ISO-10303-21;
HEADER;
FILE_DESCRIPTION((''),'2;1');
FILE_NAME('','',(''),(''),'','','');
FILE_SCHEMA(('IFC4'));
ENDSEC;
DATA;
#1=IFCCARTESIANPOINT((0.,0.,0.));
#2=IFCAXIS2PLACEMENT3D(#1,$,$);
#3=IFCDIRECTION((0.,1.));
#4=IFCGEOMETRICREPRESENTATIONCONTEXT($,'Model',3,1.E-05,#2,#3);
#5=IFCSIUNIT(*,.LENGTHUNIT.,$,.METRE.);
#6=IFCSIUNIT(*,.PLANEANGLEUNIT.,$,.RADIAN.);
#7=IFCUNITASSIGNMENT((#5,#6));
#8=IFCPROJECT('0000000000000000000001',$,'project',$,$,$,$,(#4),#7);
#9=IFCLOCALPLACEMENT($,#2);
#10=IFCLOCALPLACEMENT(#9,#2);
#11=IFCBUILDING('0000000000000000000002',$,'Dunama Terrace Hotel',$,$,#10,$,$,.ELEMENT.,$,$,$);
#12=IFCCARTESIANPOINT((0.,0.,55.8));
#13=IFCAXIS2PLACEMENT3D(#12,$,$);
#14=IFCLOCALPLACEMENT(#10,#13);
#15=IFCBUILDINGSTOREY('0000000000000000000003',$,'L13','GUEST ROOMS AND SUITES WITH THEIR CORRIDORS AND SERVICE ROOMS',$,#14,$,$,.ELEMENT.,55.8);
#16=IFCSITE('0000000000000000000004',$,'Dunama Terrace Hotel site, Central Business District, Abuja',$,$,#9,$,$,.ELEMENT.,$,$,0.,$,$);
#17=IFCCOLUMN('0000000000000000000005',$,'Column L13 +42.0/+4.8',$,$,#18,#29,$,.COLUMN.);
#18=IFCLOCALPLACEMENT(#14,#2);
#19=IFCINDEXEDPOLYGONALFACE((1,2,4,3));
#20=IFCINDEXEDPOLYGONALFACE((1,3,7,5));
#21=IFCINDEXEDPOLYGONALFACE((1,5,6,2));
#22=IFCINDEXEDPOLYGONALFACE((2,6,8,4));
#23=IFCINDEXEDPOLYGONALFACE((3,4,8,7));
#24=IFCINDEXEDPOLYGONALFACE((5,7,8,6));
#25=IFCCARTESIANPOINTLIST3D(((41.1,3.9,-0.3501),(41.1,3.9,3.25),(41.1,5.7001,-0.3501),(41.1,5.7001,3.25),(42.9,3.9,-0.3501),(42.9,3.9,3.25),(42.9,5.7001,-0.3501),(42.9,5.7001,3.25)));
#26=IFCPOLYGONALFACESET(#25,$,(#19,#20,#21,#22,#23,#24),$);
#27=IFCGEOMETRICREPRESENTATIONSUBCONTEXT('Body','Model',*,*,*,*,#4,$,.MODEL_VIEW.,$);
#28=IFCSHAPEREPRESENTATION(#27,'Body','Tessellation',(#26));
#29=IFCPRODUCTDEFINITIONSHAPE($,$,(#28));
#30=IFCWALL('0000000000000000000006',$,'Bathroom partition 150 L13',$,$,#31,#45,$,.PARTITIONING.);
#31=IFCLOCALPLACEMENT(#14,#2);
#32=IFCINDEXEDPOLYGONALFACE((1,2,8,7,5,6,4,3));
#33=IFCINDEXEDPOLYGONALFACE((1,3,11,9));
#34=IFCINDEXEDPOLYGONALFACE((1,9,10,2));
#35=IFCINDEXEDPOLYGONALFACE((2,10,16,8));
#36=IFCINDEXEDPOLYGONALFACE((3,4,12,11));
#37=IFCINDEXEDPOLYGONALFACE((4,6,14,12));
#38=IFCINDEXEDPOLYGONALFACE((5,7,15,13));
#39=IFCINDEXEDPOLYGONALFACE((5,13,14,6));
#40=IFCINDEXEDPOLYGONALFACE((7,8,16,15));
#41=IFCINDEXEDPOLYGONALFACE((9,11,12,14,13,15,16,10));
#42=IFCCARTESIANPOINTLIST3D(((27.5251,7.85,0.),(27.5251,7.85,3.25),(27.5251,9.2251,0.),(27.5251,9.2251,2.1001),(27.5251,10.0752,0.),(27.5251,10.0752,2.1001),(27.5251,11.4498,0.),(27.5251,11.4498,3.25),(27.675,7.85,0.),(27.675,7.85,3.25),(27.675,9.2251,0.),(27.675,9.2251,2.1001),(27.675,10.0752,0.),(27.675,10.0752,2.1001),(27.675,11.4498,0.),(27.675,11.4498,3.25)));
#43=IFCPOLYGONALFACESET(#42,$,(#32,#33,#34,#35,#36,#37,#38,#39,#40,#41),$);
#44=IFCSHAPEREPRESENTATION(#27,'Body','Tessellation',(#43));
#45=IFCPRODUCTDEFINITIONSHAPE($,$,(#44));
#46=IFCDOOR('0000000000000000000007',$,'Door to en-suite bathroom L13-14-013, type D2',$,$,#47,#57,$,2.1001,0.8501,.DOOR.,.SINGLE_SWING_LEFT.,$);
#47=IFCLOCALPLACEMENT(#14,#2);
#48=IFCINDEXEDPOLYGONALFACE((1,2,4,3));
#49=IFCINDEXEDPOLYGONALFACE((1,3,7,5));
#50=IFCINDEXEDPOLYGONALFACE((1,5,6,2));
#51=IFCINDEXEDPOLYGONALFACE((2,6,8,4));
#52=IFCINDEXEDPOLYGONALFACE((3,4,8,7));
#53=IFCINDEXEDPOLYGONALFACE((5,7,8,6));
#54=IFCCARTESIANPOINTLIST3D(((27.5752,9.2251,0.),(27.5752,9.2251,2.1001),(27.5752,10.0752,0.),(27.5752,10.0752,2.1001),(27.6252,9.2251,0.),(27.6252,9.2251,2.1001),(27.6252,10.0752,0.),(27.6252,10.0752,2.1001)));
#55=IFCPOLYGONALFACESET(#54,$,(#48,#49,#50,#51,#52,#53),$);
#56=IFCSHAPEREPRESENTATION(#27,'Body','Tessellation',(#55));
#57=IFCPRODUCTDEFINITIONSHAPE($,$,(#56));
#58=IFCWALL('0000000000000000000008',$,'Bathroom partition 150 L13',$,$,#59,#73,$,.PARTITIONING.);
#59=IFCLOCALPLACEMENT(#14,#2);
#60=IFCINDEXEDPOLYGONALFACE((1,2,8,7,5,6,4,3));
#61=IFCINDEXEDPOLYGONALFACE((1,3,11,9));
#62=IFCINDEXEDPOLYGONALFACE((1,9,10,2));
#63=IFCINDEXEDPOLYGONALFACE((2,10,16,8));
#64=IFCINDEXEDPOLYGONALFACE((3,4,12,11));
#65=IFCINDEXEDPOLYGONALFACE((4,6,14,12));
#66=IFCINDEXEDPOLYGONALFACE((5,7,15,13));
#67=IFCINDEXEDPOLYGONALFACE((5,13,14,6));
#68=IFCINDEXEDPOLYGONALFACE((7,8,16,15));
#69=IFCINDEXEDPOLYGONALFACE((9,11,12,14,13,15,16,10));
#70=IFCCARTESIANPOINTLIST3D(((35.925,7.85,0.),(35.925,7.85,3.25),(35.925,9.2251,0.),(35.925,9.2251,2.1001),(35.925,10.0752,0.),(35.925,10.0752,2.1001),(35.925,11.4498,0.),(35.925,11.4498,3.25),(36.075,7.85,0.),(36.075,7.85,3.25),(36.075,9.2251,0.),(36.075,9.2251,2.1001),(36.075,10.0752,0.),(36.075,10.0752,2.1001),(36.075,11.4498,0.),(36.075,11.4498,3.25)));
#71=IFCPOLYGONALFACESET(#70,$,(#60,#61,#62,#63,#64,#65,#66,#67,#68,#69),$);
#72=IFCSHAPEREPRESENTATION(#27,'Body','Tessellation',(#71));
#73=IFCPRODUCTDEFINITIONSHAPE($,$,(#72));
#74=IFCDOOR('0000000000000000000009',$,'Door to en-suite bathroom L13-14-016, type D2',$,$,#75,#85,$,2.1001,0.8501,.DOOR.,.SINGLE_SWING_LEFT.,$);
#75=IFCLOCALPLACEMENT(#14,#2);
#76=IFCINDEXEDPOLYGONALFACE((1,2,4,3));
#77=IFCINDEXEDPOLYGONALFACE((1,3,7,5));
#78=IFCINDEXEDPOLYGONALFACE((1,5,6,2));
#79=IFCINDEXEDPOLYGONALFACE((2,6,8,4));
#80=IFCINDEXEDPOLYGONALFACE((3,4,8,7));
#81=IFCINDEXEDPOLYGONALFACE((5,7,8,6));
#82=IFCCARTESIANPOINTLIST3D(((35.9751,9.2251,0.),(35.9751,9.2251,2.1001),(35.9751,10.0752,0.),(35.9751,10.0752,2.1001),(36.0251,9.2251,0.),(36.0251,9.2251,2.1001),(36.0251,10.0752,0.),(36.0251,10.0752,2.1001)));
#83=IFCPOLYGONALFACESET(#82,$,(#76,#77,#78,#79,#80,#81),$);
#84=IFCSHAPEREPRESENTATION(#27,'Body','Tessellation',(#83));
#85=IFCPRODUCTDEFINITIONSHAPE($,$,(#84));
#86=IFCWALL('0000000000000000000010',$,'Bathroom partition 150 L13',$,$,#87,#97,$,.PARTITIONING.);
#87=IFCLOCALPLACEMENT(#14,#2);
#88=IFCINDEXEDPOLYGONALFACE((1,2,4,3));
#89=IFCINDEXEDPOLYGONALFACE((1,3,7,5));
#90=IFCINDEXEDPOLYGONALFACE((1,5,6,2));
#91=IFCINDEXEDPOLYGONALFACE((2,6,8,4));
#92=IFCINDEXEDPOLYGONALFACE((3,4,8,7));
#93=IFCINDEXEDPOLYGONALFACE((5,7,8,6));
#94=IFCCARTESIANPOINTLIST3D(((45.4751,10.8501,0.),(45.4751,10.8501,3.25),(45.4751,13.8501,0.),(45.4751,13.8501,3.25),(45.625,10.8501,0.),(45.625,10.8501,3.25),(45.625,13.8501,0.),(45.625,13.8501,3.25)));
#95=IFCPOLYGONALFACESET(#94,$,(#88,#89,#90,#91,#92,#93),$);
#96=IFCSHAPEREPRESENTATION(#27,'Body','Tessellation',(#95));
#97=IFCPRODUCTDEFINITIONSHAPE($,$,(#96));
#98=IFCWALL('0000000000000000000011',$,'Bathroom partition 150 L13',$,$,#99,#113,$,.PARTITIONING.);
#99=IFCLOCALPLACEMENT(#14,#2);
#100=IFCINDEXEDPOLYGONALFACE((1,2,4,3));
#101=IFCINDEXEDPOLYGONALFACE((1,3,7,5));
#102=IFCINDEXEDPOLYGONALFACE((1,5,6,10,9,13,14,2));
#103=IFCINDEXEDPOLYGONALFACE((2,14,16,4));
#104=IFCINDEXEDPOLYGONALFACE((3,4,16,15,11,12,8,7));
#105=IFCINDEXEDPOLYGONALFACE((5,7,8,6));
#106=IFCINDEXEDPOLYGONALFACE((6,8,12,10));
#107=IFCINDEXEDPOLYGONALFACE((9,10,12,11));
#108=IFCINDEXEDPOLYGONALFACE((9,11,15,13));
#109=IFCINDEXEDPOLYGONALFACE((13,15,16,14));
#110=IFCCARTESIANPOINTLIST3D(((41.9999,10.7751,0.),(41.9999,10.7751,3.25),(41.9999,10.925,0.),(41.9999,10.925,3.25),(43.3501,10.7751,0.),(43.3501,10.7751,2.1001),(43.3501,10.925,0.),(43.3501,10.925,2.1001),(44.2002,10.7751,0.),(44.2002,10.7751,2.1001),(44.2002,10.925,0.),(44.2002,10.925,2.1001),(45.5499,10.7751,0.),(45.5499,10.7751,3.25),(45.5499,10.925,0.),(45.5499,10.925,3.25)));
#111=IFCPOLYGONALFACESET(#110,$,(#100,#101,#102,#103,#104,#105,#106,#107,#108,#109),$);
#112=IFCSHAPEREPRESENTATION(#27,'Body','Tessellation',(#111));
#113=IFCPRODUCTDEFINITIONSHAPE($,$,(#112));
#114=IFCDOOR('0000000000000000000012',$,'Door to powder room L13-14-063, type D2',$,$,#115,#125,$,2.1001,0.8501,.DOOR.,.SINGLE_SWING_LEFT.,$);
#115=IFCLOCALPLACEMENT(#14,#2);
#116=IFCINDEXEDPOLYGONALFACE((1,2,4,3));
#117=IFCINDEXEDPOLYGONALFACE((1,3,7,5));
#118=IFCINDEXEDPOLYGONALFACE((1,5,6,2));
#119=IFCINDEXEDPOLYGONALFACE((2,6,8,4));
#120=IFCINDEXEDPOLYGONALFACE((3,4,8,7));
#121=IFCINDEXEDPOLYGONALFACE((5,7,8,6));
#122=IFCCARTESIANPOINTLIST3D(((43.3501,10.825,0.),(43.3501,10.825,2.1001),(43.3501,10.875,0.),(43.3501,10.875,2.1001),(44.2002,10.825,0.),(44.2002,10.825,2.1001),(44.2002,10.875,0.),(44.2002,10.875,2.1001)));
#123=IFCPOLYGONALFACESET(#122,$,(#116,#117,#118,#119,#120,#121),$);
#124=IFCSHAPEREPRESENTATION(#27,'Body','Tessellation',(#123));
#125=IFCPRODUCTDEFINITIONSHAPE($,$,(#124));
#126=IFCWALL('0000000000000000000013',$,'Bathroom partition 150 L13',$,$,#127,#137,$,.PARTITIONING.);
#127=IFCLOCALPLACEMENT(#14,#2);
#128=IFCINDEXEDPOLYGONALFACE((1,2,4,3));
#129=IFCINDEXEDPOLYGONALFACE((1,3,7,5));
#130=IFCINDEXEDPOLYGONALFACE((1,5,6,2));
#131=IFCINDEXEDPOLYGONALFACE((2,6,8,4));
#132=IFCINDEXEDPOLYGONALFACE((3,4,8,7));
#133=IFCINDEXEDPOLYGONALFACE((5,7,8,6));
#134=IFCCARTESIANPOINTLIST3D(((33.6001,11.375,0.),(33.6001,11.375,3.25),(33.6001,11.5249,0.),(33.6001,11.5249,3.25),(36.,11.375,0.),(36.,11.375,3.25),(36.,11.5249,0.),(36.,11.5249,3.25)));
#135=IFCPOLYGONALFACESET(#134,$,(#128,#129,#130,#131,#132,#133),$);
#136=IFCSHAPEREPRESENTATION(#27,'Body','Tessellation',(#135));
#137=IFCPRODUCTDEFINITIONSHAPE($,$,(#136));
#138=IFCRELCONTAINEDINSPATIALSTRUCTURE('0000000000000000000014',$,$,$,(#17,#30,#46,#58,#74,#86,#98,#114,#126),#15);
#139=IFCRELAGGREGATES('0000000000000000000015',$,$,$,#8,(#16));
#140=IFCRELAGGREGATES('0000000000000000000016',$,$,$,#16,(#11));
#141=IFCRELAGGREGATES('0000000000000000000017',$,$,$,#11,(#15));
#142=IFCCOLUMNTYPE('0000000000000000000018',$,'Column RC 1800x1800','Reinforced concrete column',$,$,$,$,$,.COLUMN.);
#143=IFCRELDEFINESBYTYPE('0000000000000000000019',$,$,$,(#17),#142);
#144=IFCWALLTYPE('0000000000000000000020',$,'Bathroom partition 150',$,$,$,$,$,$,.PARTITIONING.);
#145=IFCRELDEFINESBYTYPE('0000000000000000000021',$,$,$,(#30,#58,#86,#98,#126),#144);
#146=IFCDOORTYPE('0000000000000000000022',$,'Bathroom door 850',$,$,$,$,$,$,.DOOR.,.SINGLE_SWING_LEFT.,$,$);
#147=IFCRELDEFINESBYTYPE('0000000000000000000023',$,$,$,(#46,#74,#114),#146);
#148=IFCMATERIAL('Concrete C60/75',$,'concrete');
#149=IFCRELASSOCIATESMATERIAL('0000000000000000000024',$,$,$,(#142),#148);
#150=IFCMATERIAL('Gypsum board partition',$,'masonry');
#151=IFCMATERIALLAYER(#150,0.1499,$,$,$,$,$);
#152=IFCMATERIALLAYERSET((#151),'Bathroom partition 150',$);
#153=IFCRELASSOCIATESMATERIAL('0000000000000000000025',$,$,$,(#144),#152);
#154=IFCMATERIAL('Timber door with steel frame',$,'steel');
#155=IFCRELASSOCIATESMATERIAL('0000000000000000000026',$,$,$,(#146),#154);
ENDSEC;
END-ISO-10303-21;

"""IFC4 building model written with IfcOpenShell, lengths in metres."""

from ifc_helpers import new_model, si_unit, direction, frame, frame_2d, origin, origin_2d, place, context, subcontext, project, spatial, rectangle, extrude, material, layer, layer_set, material_profile, profile_set, type_object, element, fill, save


model = new_model("IFC4")

# Units and contexts
model_context = context("Model", 3, precision=1e-05, world=origin(), true_north=direction((0.0, 1.0)))
body_context = subcontext(model_context, "Body", "Model", "MODEL_VIEW")
ifc_project = project(units=[si_unit("LENGTHUNIT", "METRE"), si_unit("PLANEANGLEUNIT", "RADIAN")], contexts=[model_context])

# Site, building, storey
site_placement = place(None, origin())
site = spatial("IfcSite", under=ifc_project, at=site_placement, Name="Dunama Terrace Hotel site, Central Business District, Abuja", CompositionType="ELEMENT", RefElevation=0.0)
building_placement = place(site_placement, origin())
building = spatial("IfcBuilding", under=site, at=building_placement, Name="Dunama Terrace Hotel", CompositionType="ELEMENT")
storey_placement = place(building_placement, frame((0.0, 0.0, 55.8)))
storey = spatial("IfcBuildingStorey", under=building, at=storey_placement, Name="L13", Description="GUEST ROOMS AND SUITES WITH THEIR CORRIDORS AND SERVICE ROOMS", CompositionType="ELEMENT", Elevation=55.8)

# Column
ifc_material_1 = material(Name="Concrete C60/75", Category="concrete")
ifc_material_profile = material_profile(ifc_material_1, rectangle(XDim=1.8, YDim=1.8, at=origin_2d()), Name="RC 1800x1800")
ifc_profile_set = profile_set([ifc_material_profile], Name="Concrete C60/75")
column_type = type_object("IfcColumnType", Name="Column RC 1800x1800", Description="Reinforced concrete column", PredefinedType="COLUMN", material=ifc_profile_set)
column_placement = place(storey_placement, frame((42.0, 4.8, -0.3501), z_axis=(0.0, 0.0, 1.0), x_axis=(1.0, 0.0, 0.0)))
element("IfcColumn", 1, at=column_placement, inside=storey, type_object=column_type, Name="Column L13 +42.0/+4.8", PredefinedType="COLUMN", context=body_context, shape_type="SweptSolid", body=[
    extrude(rectangle(XDim=1.8, YDim=1.8, at=origin_2d()), origin(), (0.0, 0.0, 1.0), 3.6001),
])

# Walls, openings, doors
ifc_material_2 = material(Name="Gypsum board partition", Category="masonry")
ifc_layer_1 = layer(ifc_material_2, 0.1499)
ifc_layer_set_1 = layer_set([ifc_layer_1], Name="Bathroom partition 150")
wall_type_1 = type_object("IfcWallType", Name="Bathroom partition 150", PredefinedType="PARTITIONING", material=ifc_layer_set_1)
wall_1_placement = place(storey_placement, frame((27.6001, 7.8501, 0.0), z_axis=(0.0, 0.0, 1.0), x_axis=(0.0, 1.0, 0.0)))
wall_1 = element("IfcWall", 2, at=wall_1_placement, inside=storey, type_object=wall_type_1, Name="Bathroom partition 150 L13", PredefinedType="PARTITIONING", context=body_context, shape_type="SweptSolid", body=[
    extrude(rectangle(XDim=3.5999, YDim=0.1499, at=frame_2d((1.7998, 0.0))), origin(), (0.0, 0.0, 1.0), 3.25),
])
opening_1_placement = place(wall_1_placement, frame((1.375, 0.0, 0.0)))
opening_1 = element("IfcOpeningElement", 3, at=opening_1_placement, cuts=wall_1, PredefinedType="OPENING", context=body_context, shape_type="SweptSolid", body=[
    extrude(rectangle(XDim=0.8501, YDim=2.1001, at=frame_2d((0.425, 1.05))), frame((0.0, 0.085, 0.0), z_axis=(0.0, -1.0, 0.0), x_axis=(1.0, 0.0, 0.0)), (0.0, 0.0, 1.0), 0.1699),
])
ifc_material_3 = material(Name="Timber door with steel frame", Category="steel")
door_type_1 = type_object("IfcDoorType", Name="Bathroom door 850", OperationType="SINGLE_SWING_LEFT", PredefinedType="DOOR", material=ifc_material_3)
door_1_placement = place(opening_1_placement, origin())
door_1 = element("IfcDoor", 4, at=door_1_placement, inside=storey, type_object=door_type_1, Name="Door to en-suite bathroom L13-14-013, type D2", OperationType="SINGLE_SWING_LEFT", OverallHeight=2.1001, OverallWidth=0.8501, PredefinedType="DOOR", context=body_context, shape_type="SweptSolid", body=[
    extrude(rectangle(XDim=0.8501, YDim=2.1001, at=frame_2d((0.425, 1.05))), frame((0.0, 0.0249, 0.0), z_axis=(0.0, -1.0, 0.0), x_axis=(1.0, 0.0, 0.0)), (0.0, 0.0, 1.0), 0.05),
])
fill(opening_1, door_1)
wall_2_placement = place(storey_placement, frame((36.0, 7.8501, 0.0), z_axis=(0.0, 0.0, 1.0), x_axis=(0.0, 1.0, 0.0)))
wall_2 = element("IfcWall", 5, at=wall_2_placement, inside=storey, type_object=wall_type_1, Name="Bathroom partition 150 L13", PredefinedType="PARTITIONING", context=body_context, shape_type="SweptSolid", body=[
    extrude(rectangle(XDim=3.5999, YDim=0.1499, at=frame_2d((1.7998, 0.0))), origin(), (0.0, 0.0, 1.0), 3.25),
])
opening_2_placement = place(wall_2_placement, frame((1.375, 0.0, 0.0)))
opening_2 = element("IfcOpeningElement", 6, at=opening_2_placement, cuts=wall_2, PredefinedType="OPENING", context=body_context, shape_type="SweptSolid", body=[
    extrude(rectangle(XDim=0.8501, YDim=2.1001, at=frame_2d((0.425, 1.05))), frame((0.0, 0.085, 0.0), z_axis=(0.0, -1.0, 0.0), x_axis=(1.0, 0.0, 0.0)), (0.0, 0.0, 1.0), 0.1699),
])
door_2_placement = place(opening_2_placement, origin())
door_2 = element("IfcDoor", 7, at=door_2_placement, inside=storey, type_object=door_type_1, Name="Door to en-suite bathroom L13-14-016, type D2", OperationType="SINGLE_SWING_LEFT", OverallHeight=2.1001, OverallWidth=0.8501, PredefinedType="DOOR", context=body_context, shape_type="SweptSolid", body=[
    extrude(rectangle(XDim=0.8501, YDim=2.1001, at=frame_2d((0.425, 1.05))), frame((0.0, 0.0249, 0.0), z_axis=(0.0, -1.0, 0.0), x_axis=(1.0, 0.0, 0.0)), (0.0, 0.0, 1.0), 0.05),
])
fill(opening_2, door_2)

# Wall
wall_3_placement = place(storey_placement, frame((45.55, 10.8501, 0.0), z_axis=(0.0, 0.0, 1.0), x_axis=(0.0, 1.0, 0.0)))
element("IfcWall", 8, at=wall_3_placement, inside=storey, type_object=wall_type_1, Name="Bathroom partition 150 L13", PredefinedType="PARTITIONING", context=body_context, shape_type="SweptSolid", body=[
    extrude(rectangle(XDim=3.0, YDim=0.1499, at=frame_2d((1.5, 0.0))), origin(), (0.0, 0.0, 1.0), 3.25),
])

# Wall, opening, door
wall_4_placement = place(storey_placement, frame((42.0, 10.8501, 0.0), z_axis=(0.0, 0.0, 1.0), x_axis=(1.0, 0.0, 0.0)))
wall_4 = element("IfcWall", 9, at=wall_4_placement, inside=storey, type_object=wall_type_1, Name="Bathroom partition 150 L13", PredefinedType="PARTITIONING", context=body_context, shape_type="SweptSolid", body=[
    extrude(rectangle(XDim=3.55, YDim=0.1499, at=frame_2d((1.7749, 0.0))), origin(), (0.0, 0.0, 1.0), 3.25),
])
opening_3_placement = place(wall_4_placement, frame((1.3501, 0.0, 0.0)))
opening_3 = element("IfcOpeningElement", 10, at=opening_3_placement, cuts=wall_4, PredefinedType="OPENING", context=body_context, shape_type="SweptSolid", body=[
    extrude(rectangle(XDim=0.8501, YDim=2.1001, at=frame_2d((0.425, 1.05))), frame((0.0, 0.085, 0.0), z_axis=(0.0, -1.0, 0.0), x_axis=(1.0, 0.0, 0.0)), (0.0, 0.0, 1.0), 0.1699),
])
door_3_placement = place(opening_3_placement, origin())
door_3 = element("IfcDoor", 11, at=door_3_placement, inside=storey, type_object=door_type_1, Name="Door to powder room L13-14-063, type D2", OperationType="SINGLE_SWING_LEFT", OverallHeight=2.1001, OverallWidth=0.8501, PredefinedType="DOOR", context=body_context, shape_type="SweptSolid", body=[
    extrude(rectangle(XDim=0.8501, YDim=2.1001, at=frame_2d((0.425, 1.05))), frame((0.0, 0.0249, 0.0), z_axis=(0.0, -1.0, 0.0), x_axis=(1.0, 0.0, 0.0)), (0.0, 0.0, 1.0), 0.05),
])
fill(opening_3, door_3)

# Wall
wall_5_placement = place(storey_placement, frame((33.6001, 11.45, 0.0), z_axis=(0.0, 0.0, 1.0), x_axis=(1.0, 0.0, 0.0)))
element("IfcWall", 12, at=wall_5_placement, inside=storey, type_object=wall_type_1, Name="Bathroom partition 150 L13", PredefinedType="PARTITIONING", context=body_context, shape_type="SweptSolid", body=[
    extrude(rectangle(XDim=2.3999, YDim=0.1499, at=frame_2d((1.2, 0.0))), origin(), (0.0, 0.0, 1.0), 3.25),
])

save(model, "model.ifc")
